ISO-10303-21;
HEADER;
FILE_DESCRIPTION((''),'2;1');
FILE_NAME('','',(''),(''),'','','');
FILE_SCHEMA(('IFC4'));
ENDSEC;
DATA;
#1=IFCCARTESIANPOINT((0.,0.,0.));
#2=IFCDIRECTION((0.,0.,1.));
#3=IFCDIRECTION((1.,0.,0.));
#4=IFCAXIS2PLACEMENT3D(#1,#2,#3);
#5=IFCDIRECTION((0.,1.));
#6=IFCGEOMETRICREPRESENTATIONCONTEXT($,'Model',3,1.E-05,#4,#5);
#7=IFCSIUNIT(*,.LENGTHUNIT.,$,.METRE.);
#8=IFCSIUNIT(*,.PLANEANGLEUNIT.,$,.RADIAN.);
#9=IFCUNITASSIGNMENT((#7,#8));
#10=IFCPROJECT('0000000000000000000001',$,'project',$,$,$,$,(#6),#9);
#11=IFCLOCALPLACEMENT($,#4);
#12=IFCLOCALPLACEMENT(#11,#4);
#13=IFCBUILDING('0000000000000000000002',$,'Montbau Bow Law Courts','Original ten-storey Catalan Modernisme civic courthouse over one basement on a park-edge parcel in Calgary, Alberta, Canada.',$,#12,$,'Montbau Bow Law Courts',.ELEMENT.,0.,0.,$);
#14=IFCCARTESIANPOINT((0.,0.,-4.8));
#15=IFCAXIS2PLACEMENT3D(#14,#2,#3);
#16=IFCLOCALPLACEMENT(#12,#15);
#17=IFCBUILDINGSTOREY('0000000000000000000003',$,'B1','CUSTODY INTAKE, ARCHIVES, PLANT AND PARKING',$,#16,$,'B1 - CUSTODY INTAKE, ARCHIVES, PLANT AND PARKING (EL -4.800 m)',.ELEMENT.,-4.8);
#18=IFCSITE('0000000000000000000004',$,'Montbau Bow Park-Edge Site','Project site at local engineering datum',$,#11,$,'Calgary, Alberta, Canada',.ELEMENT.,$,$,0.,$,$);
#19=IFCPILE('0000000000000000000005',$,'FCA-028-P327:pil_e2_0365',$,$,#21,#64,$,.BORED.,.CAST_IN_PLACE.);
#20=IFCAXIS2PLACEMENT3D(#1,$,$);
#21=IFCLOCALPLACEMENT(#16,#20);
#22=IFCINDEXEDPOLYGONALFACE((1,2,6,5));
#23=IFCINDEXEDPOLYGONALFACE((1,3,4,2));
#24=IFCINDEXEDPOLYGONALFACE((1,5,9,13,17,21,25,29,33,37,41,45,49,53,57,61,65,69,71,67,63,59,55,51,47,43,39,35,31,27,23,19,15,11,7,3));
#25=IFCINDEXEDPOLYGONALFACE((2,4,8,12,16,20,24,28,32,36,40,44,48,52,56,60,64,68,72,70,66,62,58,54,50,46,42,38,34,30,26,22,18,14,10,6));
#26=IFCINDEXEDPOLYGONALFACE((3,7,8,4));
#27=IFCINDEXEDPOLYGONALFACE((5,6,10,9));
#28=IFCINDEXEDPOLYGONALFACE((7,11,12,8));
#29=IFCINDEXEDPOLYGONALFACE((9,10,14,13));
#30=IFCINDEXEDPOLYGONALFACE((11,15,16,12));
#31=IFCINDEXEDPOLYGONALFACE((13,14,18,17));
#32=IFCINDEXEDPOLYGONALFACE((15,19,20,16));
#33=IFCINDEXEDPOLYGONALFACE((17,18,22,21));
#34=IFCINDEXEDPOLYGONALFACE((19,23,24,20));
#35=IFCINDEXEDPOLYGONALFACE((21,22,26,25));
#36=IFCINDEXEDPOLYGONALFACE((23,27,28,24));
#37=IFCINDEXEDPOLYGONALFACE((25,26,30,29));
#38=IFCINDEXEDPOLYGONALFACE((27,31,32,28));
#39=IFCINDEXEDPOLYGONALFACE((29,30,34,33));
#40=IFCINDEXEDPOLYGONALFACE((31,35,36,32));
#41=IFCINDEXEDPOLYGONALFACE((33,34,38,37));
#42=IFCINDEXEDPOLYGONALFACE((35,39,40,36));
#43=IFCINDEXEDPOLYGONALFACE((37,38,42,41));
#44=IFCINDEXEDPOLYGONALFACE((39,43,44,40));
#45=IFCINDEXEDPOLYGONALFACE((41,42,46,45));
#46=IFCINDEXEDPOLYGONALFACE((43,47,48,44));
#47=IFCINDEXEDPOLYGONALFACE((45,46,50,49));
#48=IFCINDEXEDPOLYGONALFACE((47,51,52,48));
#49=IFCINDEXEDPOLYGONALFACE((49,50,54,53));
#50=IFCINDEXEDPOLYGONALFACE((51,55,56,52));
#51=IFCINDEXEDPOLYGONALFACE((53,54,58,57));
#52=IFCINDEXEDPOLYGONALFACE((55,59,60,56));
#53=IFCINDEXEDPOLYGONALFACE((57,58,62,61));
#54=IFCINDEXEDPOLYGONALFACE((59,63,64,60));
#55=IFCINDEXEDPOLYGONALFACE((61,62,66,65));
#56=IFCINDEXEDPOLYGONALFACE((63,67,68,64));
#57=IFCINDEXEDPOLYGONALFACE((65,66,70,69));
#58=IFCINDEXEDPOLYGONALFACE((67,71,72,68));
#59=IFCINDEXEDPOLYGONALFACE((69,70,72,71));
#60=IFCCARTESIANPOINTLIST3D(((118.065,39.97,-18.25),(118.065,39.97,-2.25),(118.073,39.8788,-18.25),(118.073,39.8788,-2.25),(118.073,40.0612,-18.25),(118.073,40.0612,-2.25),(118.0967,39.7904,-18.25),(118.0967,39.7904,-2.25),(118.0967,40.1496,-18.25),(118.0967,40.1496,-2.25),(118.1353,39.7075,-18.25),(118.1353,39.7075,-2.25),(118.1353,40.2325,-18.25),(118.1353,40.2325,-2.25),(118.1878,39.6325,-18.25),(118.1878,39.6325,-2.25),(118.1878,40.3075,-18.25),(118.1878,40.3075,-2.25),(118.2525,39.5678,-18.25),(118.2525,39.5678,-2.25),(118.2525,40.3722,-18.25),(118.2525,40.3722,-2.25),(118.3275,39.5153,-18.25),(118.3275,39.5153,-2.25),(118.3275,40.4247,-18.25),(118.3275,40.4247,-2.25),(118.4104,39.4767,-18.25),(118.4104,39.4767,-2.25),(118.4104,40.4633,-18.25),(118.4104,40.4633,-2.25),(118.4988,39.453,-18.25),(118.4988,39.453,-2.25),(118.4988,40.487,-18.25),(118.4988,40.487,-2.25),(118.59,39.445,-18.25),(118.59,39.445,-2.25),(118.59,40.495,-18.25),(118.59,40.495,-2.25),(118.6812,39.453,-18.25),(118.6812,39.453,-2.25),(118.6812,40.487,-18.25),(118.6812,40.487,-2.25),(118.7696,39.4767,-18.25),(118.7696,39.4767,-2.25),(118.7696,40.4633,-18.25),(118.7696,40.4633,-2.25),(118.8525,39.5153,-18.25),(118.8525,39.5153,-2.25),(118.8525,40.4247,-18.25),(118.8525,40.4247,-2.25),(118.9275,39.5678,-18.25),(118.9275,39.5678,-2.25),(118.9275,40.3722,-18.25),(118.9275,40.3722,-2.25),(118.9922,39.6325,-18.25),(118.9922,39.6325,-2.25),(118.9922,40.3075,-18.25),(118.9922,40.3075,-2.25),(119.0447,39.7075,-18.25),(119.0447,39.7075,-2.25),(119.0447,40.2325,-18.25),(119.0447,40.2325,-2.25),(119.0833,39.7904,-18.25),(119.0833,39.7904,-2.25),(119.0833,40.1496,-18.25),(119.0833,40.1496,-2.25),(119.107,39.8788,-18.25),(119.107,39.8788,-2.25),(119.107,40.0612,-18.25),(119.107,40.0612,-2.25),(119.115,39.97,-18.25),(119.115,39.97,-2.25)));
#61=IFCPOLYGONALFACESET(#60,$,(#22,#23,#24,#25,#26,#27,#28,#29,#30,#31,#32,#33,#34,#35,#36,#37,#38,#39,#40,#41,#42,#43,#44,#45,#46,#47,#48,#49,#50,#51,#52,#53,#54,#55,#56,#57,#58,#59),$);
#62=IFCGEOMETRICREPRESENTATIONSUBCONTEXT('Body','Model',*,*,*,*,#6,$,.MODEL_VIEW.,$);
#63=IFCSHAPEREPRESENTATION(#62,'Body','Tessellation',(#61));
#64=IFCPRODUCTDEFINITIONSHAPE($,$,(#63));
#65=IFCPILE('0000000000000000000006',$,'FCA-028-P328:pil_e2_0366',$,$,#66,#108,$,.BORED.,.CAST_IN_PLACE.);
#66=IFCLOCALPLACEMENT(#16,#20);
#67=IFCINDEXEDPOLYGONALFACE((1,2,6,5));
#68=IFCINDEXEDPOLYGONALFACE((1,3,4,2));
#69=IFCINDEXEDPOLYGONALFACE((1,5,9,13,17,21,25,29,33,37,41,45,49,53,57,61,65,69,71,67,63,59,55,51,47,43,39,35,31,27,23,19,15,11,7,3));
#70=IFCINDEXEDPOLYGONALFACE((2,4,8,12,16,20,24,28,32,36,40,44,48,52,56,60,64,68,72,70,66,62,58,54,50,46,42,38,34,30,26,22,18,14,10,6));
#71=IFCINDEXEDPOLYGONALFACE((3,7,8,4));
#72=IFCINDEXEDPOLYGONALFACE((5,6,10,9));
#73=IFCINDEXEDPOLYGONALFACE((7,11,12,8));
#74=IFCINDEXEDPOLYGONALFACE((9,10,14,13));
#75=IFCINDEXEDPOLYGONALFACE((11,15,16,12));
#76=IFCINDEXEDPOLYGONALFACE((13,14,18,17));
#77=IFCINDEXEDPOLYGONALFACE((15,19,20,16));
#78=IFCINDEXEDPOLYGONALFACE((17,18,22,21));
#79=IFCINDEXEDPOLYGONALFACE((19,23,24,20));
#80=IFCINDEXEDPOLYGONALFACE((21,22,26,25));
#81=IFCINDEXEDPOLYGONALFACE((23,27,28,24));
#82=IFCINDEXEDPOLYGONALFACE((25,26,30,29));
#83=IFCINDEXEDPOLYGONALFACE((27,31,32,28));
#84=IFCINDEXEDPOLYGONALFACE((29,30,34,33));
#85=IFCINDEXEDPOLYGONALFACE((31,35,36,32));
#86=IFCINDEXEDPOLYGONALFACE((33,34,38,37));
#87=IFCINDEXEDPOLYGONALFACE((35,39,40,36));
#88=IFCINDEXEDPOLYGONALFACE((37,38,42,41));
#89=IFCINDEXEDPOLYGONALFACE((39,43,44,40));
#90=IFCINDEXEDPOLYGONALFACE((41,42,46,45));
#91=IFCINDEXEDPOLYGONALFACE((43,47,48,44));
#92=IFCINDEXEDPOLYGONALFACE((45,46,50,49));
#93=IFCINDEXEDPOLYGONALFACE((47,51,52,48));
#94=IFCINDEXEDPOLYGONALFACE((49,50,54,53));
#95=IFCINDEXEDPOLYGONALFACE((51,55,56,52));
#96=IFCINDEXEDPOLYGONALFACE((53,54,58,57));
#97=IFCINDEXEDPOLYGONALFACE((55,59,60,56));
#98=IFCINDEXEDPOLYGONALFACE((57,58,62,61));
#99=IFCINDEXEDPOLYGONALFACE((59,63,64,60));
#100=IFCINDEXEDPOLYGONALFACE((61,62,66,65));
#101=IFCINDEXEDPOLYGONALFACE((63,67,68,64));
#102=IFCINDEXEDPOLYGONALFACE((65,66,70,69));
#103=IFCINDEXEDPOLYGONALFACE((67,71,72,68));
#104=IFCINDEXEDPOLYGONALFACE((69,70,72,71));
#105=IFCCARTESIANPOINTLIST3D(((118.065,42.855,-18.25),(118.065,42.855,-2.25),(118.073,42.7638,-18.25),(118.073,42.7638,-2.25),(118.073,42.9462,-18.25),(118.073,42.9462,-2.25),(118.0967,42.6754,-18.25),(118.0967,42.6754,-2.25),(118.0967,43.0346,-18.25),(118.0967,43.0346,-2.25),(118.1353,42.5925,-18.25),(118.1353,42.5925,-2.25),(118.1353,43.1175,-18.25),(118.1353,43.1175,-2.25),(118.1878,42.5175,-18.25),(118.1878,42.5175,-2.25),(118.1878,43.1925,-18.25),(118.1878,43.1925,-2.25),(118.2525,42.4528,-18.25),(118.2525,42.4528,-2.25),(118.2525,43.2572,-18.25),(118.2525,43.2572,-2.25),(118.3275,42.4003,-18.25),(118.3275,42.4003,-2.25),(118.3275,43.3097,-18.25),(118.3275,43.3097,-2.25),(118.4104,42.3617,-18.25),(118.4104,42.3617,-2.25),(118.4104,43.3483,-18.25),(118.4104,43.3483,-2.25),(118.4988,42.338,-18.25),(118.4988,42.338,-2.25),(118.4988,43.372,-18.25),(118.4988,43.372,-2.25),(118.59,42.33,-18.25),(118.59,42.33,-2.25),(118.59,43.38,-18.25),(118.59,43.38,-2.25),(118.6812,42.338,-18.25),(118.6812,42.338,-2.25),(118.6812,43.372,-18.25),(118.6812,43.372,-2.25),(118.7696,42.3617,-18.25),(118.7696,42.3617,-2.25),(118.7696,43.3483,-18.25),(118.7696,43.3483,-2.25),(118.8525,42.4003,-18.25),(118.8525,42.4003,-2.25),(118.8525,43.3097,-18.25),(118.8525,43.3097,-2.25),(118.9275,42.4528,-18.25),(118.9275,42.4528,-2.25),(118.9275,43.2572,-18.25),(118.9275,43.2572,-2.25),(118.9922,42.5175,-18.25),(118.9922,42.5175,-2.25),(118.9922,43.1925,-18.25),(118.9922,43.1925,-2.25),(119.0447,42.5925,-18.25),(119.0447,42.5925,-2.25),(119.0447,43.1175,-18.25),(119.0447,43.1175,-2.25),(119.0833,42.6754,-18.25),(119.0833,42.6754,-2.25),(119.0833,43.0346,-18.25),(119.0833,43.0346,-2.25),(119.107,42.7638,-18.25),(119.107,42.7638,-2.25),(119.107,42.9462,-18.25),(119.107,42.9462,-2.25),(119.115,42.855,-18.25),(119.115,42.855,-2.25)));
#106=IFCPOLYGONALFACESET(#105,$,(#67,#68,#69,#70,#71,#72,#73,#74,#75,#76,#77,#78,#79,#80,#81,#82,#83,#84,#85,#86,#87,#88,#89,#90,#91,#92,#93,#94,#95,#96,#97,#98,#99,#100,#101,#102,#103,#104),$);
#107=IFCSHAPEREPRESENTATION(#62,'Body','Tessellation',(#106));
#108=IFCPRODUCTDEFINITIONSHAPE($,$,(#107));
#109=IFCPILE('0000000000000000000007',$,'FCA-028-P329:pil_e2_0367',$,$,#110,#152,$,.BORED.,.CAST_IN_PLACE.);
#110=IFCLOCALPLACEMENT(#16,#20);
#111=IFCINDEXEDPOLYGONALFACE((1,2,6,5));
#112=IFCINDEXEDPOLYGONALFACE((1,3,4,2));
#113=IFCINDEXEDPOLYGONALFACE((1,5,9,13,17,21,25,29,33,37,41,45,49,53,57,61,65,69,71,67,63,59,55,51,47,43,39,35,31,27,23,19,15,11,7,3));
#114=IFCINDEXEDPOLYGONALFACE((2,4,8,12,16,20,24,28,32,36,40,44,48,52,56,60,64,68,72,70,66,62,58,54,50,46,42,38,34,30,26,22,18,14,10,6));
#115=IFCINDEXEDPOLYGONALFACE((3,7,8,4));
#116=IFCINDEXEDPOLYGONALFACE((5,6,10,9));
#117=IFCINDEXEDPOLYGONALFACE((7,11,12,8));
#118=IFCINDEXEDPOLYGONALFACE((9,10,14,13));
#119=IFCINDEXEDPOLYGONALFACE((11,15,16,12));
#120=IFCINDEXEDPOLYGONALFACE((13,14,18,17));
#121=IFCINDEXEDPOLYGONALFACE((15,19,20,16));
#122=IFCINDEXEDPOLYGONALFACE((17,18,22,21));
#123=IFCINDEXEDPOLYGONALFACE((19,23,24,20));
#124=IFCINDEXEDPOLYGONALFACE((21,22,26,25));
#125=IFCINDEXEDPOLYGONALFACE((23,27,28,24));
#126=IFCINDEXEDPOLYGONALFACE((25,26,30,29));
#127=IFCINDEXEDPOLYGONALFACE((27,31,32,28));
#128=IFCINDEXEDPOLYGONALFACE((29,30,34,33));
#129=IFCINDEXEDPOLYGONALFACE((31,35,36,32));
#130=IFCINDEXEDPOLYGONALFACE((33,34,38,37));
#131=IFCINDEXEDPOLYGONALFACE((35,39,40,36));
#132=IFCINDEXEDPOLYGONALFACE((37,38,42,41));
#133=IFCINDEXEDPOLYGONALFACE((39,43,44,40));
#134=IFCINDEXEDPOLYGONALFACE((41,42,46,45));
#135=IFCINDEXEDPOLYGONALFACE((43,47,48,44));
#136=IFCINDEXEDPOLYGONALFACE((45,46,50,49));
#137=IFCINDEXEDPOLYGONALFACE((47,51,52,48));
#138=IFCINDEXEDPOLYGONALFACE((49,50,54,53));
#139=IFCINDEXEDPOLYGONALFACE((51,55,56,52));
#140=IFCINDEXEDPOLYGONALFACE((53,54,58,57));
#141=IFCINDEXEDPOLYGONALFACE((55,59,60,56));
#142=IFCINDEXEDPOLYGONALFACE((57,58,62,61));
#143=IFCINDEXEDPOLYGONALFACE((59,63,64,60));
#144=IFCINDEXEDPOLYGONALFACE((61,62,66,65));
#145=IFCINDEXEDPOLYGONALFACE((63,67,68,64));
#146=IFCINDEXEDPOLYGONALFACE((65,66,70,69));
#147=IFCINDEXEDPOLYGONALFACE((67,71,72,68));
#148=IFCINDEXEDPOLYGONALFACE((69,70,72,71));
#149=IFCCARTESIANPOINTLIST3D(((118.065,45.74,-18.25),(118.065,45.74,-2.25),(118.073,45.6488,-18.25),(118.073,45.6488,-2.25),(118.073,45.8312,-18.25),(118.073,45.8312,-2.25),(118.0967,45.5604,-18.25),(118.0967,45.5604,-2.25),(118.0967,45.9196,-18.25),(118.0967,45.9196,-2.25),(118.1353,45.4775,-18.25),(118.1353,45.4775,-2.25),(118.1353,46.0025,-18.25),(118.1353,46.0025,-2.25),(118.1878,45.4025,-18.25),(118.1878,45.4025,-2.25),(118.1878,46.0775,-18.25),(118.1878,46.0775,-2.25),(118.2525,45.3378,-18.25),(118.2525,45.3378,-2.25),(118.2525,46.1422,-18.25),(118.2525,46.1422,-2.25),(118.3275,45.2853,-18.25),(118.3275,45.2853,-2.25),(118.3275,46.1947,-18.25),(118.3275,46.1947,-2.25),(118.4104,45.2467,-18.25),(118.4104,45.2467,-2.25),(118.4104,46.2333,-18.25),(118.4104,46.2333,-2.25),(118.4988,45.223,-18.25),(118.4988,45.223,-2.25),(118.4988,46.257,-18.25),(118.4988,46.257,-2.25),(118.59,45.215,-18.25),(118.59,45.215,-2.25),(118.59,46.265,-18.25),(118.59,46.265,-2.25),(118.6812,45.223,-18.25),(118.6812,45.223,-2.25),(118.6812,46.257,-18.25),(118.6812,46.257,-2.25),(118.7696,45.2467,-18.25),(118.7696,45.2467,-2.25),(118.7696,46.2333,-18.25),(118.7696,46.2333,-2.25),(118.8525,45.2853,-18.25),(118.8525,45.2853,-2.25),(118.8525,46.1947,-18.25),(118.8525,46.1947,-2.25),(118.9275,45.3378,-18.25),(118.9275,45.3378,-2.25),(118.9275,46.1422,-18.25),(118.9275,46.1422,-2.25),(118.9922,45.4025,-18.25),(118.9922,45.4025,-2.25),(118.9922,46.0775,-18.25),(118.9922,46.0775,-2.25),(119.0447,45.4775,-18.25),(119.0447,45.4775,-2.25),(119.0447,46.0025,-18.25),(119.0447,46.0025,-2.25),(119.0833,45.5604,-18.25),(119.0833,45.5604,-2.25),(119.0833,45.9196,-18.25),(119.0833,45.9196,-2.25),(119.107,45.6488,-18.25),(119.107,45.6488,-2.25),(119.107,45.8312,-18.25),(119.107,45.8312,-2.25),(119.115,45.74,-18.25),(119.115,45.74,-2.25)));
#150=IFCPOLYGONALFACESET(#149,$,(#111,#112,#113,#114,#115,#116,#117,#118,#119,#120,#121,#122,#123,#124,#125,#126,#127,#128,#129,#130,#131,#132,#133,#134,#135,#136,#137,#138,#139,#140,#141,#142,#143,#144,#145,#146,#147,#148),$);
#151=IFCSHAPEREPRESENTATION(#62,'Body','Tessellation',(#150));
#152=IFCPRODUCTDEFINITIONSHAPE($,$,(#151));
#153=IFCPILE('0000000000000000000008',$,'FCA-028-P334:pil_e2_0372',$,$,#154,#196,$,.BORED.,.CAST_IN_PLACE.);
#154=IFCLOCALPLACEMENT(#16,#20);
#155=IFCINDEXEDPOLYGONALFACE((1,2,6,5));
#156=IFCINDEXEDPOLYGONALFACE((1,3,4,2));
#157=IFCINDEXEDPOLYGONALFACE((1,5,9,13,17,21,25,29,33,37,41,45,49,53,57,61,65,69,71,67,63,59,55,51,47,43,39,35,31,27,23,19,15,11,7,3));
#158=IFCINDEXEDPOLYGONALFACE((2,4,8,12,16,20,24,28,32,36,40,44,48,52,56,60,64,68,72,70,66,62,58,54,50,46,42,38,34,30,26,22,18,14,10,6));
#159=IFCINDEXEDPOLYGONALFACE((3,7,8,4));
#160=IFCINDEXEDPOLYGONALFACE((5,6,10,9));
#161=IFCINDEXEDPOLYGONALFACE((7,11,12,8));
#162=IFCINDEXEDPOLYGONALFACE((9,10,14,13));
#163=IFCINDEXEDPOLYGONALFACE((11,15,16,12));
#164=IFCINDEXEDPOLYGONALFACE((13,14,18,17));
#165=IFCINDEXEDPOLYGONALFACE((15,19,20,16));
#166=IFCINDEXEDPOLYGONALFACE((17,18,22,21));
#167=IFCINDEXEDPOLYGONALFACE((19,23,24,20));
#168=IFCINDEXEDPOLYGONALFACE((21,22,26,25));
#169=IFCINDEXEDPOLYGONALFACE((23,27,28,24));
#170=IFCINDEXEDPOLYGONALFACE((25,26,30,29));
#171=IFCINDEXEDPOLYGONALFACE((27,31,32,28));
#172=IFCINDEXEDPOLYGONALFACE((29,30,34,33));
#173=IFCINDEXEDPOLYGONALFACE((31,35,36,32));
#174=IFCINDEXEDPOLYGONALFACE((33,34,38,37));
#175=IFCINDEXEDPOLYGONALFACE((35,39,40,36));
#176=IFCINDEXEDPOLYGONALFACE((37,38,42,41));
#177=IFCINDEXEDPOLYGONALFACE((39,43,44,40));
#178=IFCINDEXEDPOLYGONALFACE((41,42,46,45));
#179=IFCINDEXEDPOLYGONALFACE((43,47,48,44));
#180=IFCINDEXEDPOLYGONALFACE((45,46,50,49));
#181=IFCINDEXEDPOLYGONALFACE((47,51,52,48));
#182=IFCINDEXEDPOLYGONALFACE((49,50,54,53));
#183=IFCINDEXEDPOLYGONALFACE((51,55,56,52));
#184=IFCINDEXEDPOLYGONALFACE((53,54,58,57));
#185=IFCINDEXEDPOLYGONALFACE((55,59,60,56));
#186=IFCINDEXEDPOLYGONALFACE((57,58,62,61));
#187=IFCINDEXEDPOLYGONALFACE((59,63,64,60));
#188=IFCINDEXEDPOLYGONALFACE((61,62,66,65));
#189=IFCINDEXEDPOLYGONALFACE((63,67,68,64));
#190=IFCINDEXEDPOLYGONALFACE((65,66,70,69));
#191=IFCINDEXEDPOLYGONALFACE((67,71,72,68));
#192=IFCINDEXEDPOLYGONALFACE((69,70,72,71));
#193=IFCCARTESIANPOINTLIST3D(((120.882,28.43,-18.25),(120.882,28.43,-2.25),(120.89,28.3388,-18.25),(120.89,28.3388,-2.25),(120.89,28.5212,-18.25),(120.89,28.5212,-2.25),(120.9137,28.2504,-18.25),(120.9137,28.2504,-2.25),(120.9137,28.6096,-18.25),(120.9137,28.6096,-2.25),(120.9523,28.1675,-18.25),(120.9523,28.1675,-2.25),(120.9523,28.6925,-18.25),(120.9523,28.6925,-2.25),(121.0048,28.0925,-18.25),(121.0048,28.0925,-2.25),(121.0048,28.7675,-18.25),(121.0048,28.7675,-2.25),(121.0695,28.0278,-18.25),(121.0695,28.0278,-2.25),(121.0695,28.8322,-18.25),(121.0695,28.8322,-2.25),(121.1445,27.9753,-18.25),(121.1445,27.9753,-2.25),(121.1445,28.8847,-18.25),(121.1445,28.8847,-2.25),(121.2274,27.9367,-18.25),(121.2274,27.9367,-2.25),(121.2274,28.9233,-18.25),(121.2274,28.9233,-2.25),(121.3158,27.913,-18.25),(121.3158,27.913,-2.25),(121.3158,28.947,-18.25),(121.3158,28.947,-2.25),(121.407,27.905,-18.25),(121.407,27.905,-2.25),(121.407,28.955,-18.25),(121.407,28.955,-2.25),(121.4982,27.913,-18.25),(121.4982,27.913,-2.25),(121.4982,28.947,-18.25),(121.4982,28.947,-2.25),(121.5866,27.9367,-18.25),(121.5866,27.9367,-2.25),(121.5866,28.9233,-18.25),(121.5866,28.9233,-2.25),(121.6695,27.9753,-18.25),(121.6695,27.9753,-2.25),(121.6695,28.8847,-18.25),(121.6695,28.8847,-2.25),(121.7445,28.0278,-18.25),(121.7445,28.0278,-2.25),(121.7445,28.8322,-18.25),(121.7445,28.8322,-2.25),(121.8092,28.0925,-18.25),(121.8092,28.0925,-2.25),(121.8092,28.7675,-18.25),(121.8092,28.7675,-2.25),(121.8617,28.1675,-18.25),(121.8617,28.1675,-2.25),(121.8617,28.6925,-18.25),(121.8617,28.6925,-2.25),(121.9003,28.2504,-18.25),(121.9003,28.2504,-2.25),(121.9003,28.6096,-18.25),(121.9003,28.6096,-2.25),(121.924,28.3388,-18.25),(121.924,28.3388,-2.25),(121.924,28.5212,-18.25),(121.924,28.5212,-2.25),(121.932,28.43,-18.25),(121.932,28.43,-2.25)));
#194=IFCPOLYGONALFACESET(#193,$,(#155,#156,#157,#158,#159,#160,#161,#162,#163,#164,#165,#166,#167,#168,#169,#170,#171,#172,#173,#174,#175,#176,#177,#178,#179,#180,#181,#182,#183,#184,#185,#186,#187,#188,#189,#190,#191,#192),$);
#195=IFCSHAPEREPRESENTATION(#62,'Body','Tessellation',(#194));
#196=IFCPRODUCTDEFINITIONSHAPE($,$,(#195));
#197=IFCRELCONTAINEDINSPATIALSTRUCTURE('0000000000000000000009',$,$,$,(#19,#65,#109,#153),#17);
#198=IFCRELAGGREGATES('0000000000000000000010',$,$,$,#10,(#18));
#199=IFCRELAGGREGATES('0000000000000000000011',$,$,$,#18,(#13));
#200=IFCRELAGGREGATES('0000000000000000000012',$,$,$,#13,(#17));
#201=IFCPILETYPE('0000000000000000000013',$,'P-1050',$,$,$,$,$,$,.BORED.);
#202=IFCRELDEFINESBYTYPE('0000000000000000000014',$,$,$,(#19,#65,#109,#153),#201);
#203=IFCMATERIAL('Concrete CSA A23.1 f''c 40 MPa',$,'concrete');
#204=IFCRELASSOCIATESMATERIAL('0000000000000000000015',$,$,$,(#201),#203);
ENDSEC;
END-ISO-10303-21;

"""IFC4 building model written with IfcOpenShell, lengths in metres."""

from ifc_helpers import new_model, si_unit, direction, frame, origin_with_axes, origin_2d_with_axis, place, context, subcontext, project, spatial, circle, extrude, material, material_profile, profile_set, type_object, element, save


model = new_model("IFC4")

# Units and contexts
model_context = context("Model", 3, precision=1e-05, world=origin_with_axes(), true_north=direction((0.0, 1.0)))
body_context = subcontext(model_context, "Body", "Model", "MODEL_VIEW")
ifc_project = project(units=[si_unit("LENGTHUNIT", "METRE"), si_unit("PLANEANGLEUNIT", "RADIAN")], contexts=[model_context])

# Site, building, storey
site_placement = place(None, origin_with_axes())
site = spatial("IfcSite", under=ifc_project, at=site_placement, Name="Montbau Bow Park-Edge Site", Description="Project site at local engineering datum", LongName="Calgary, Alberta, Canada", CompositionType="ELEMENT", RefElevation=0.0)
building_placement = place(site_placement, origin_with_axes())
building = spatial("IfcBuilding", under=site, at=building_placement, Name="Montbau Bow Law Courts", Description="Original ten-storey Catalan Modernisme civic courthouse over one basement on a park-edge parcel in Calgary, Alberta, Canada.", LongName="Montbau Bow Law Courts", CompositionType="ELEMENT", ElevationOfRefHeight=0.0, ElevationOfTerrain=0.0)
storey_placement = place(building_placement, frame((0.0, 0.0, -4.8), z_axis=(0.0, 0.0, 1.0), x_axis=(1.0, 0.0, 0.0)))
storey = spatial("IfcBuildingStorey", under=building, at=storey_placement, Name="B1", Description="CUSTODY INTAKE, ARCHIVES, PLANT AND PARKING", LongName="B1 - CUSTODY INTAKE, ARCHIVES, PLANT AND PARKING (EL -4.800 m)", CompositionType="ELEMENT", Elevation=-4.8)

# Piles
ifc_material = material(Name="Concrete CSA A23.1 f'c 40 MPa", Category="concrete")
ifc_material_profile_1 = material_profile(ifc_material, circle(Radius=0.525, at=origin_2d_with_axis()), Name="BP1050", Category="Main", Priority=0)
ifc_profile_set_1 = profile_set([ifc_material_profile_1], Name="Concrete CSA A23.1 f'c 40 MPa")
pile_type_1 = type_object("IfcPileType", Name="P-1050", PredefinedType="BORED", material=ifc_profile_set_1)
for number, where, z_axis, x_axis, name in (
    (1, (118.59, 39.97, -23.05), (0.0, 0.0, 1.0), (1.0, 0.0, 0.0), "FCA-028-P327:pil_e2_0365"),
    (2, (118.59, 42.855, -23.05), (0.0, 0.0, 1.0), (1.0, 0.0, 0.0), "FCA-028-P328:pil_e2_0366"),
    (3, (118.59, 45.74, -23.05), (0.0, 0.0, 1.0), (1.0, 0.0, 0.0), "FCA-028-P329:pil_e2_0367"),
    (4, (121.407, 28.43, -23.05), (0.0, 0.0, 1.0), (1.0, 0.0, 0.0), "FCA-028-P334:pil_e2_0372"),
):
    element("IfcPile", number, at=place(None, frame(where, z_axis=z_axis, x_axis=x_axis)), inside=storey, type_object=pile_type_1, Name=name, ConstructionType="CAST_IN_PLACE", PredefinedType="BORED", context=body_context, shape_type="SweptSolid", body=[
        extrude(circle(Radius=0.525, at=origin_2d_with_axis()), origin_with_axes(), (0.0, 0.0, 1.0), 16.0),
    ])

save(model, "model.ifc")
